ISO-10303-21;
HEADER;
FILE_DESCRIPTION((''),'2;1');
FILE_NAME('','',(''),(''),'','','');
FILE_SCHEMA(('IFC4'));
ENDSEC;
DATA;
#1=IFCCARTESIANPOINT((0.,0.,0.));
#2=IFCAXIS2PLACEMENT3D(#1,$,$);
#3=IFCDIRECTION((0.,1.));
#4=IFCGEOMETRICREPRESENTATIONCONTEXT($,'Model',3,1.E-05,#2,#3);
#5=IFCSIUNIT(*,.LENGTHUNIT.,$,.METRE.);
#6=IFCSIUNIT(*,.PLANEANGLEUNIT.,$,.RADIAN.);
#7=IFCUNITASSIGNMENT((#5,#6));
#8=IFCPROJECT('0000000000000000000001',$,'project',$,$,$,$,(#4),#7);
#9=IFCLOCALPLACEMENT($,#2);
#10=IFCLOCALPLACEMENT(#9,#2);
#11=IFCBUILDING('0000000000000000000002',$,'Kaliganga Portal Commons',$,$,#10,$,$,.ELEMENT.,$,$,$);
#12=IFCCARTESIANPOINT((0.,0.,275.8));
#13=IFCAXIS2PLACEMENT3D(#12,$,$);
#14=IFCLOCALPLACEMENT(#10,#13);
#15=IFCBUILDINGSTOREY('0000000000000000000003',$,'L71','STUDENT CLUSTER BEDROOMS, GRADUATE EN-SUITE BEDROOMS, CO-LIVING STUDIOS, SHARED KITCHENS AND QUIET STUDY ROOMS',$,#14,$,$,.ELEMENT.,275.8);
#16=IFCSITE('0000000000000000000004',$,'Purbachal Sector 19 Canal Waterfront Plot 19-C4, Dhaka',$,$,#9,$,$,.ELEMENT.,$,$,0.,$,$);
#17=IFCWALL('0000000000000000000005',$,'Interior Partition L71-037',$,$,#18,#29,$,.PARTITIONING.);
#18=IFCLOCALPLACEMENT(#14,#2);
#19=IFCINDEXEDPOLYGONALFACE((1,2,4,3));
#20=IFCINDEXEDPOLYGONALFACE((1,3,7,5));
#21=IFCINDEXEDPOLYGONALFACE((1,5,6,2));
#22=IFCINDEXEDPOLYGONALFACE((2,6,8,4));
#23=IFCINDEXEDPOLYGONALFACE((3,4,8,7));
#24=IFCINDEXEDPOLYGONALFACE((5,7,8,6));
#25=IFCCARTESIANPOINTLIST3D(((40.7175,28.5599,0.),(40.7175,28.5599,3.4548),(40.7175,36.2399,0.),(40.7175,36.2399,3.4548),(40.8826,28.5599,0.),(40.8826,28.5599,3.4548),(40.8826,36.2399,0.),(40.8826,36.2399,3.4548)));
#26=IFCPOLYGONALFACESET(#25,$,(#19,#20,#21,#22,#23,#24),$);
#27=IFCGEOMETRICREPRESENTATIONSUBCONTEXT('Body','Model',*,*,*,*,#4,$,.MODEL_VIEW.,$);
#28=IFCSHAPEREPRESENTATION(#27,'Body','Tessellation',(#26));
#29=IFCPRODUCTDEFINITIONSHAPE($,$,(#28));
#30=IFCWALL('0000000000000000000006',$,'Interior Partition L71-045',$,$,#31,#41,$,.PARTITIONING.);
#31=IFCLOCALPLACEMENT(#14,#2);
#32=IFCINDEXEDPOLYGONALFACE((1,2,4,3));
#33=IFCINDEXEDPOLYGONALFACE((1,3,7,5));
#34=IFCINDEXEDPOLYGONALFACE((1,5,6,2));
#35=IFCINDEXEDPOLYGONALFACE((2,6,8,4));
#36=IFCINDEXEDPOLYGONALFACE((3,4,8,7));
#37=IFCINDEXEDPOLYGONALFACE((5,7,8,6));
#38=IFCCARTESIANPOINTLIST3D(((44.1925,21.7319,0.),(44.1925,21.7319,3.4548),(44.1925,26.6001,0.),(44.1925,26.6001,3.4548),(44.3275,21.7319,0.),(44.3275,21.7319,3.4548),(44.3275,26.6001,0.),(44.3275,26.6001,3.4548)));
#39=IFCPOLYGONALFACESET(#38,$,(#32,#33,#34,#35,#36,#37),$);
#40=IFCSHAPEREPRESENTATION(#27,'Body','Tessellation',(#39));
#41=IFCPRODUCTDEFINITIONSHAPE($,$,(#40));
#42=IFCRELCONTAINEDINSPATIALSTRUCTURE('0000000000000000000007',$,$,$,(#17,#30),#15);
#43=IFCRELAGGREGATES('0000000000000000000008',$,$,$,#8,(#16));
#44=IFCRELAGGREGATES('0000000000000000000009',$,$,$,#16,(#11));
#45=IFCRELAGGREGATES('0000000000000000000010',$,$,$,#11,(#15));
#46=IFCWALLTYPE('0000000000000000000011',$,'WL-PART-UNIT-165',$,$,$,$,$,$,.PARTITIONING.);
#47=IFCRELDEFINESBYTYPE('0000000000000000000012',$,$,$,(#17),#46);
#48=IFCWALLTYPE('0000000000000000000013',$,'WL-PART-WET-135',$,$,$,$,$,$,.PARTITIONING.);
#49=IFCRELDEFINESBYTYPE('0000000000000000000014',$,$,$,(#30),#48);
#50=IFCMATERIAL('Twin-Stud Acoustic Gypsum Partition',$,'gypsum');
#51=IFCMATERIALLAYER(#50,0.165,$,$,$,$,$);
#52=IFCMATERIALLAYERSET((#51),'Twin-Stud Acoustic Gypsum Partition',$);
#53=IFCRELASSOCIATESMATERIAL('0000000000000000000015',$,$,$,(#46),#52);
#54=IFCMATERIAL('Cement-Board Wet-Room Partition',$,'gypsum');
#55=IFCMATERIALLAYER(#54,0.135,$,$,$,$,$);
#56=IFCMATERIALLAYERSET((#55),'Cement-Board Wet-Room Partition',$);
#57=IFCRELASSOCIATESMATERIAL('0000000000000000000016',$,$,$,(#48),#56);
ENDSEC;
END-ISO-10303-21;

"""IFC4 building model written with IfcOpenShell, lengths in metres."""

from ifc_helpers import new_model, si_unit, direction, frame, frame_2d, origin, place, context, subcontext, project, spatial, rectangle, extrude, material, layer, layer_set, type_object, element, save


model = new_model("IFC4")

# Units and contexts
model_context = context("Model", 3, precision=1e-05, world=origin(), true_north=direction((0.0, 1.0)))
body_context = subcontext(model_context, "Body", "Model", "MODEL_VIEW")
ifc_project = project(units=[si_unit("LENGTHUNIT", "METRE"), si_unit("PLANEANGLEUNIT", "RADIAN")], contexts=[model_context])

# Site, building, storey
site_placement = place(None, origin())
site = spatial("IfcSite", under=ifc_project, at=site_placement, Name="Purbachal Sector 19 Canal Waterfront Plot 19-C4, Dhaka", CompositionType="ELEMENT", RefElevation=0.0)
building_placement = place(site_placement, origin())
building = spatial("IfcBuilding", under=site, at=building_placement, Name="Kaliganga Portal Commons", CompositionType="ELEMENT")
storey_placement = place(building_placement, frame((0.0, 0.0, 275.8)))
storey = spatial("IfcBuildingStorey", under=building, at=storey_placement, Name="L71", Description="STUDENT CLUSTER BEDROOMS, GRADUATE EN-SUITE BEDROOMS, CO-LIVING STUDIOS, SHARED KITCHENS AND QUIET STUDY ROOMS", CompositionType="ELEMENT", Elevation=275.8)

# Walls
ifc_material_1 = material(Name="Twin-Stud Acoustic Gypsum Partition", Category="gypsum")
ifc_layer_1 = layer(ifc_material_1, 0.165)
ifc_layer_set_1 = layer_set([ifc_layer_1], Name="Twin-Stud Acoustic Gypsum Partition")
wall_type_1 = type_object("IfcWallType", Name="WL-PART-UNIT-165", PredefinedType="PARTITIONING", material=ifc_layer_set_1)
for number, where, z_axis, x_axis, name in (
    (1, (40.8, 28.5601, 0.0), (0.0, 0.0, 1.0), (0.0, 1.0, 0.0), "Interior Partition L71-037"),
):
    element("IfcWall", number, at=place(storey_placement, frame(where, z_axis=z_axis, x_axis=x_axis)), inside=storey, type_object=wall_type_1, Name=name, PredefinedType="PARTITIONING", context=body_context, shape_type="SweptSolid", body=[
        extrude(rectangle(XDim=7.6799, YDim=0.165, at=frame_2d((3.8398, 0.0))), origin(), (0.0, 0.0, 1.0), 3.4548),
    ])
ifc_material_2 = material(Name="Cement-Board Wet-Room Partition", Category="gypsum")
ifc_layer_2 = layer(ifc_material_2, 0.135)
ifc_layer_set_2 = layer_set([ifc_layer_2], Name="Cement-Board Wet-Room Partition")
wall_type_2 = type_object("IfcWallType", Name="WL-PART-WET-135", PredefinedType="PARTITIONING", material=ifc_layer_set_2)
wall_1_placement = place(storey_placement, frame((44.26, 21.7319, 0.0), z_axis=(0.0, 0.0, 1.0), x_axis=(0.0, 1.0, 0.0)))
element("IfcWall", 2, at=wall_1_placement, inside=storey, type_object=wall_type_2, Name="Interior Partition L71-045", PredefinedType="PARTITIONING", context=body_context, shape_type="SweptSolid", body=[
    extrude(rectangle(XDim=4.8682, YDim=0.135, at=frame_2d((2.4341, 0.0))), origin(), (0.0, 0.0, 1.0), 3.4548),
])

save(model, "model.ifc")
